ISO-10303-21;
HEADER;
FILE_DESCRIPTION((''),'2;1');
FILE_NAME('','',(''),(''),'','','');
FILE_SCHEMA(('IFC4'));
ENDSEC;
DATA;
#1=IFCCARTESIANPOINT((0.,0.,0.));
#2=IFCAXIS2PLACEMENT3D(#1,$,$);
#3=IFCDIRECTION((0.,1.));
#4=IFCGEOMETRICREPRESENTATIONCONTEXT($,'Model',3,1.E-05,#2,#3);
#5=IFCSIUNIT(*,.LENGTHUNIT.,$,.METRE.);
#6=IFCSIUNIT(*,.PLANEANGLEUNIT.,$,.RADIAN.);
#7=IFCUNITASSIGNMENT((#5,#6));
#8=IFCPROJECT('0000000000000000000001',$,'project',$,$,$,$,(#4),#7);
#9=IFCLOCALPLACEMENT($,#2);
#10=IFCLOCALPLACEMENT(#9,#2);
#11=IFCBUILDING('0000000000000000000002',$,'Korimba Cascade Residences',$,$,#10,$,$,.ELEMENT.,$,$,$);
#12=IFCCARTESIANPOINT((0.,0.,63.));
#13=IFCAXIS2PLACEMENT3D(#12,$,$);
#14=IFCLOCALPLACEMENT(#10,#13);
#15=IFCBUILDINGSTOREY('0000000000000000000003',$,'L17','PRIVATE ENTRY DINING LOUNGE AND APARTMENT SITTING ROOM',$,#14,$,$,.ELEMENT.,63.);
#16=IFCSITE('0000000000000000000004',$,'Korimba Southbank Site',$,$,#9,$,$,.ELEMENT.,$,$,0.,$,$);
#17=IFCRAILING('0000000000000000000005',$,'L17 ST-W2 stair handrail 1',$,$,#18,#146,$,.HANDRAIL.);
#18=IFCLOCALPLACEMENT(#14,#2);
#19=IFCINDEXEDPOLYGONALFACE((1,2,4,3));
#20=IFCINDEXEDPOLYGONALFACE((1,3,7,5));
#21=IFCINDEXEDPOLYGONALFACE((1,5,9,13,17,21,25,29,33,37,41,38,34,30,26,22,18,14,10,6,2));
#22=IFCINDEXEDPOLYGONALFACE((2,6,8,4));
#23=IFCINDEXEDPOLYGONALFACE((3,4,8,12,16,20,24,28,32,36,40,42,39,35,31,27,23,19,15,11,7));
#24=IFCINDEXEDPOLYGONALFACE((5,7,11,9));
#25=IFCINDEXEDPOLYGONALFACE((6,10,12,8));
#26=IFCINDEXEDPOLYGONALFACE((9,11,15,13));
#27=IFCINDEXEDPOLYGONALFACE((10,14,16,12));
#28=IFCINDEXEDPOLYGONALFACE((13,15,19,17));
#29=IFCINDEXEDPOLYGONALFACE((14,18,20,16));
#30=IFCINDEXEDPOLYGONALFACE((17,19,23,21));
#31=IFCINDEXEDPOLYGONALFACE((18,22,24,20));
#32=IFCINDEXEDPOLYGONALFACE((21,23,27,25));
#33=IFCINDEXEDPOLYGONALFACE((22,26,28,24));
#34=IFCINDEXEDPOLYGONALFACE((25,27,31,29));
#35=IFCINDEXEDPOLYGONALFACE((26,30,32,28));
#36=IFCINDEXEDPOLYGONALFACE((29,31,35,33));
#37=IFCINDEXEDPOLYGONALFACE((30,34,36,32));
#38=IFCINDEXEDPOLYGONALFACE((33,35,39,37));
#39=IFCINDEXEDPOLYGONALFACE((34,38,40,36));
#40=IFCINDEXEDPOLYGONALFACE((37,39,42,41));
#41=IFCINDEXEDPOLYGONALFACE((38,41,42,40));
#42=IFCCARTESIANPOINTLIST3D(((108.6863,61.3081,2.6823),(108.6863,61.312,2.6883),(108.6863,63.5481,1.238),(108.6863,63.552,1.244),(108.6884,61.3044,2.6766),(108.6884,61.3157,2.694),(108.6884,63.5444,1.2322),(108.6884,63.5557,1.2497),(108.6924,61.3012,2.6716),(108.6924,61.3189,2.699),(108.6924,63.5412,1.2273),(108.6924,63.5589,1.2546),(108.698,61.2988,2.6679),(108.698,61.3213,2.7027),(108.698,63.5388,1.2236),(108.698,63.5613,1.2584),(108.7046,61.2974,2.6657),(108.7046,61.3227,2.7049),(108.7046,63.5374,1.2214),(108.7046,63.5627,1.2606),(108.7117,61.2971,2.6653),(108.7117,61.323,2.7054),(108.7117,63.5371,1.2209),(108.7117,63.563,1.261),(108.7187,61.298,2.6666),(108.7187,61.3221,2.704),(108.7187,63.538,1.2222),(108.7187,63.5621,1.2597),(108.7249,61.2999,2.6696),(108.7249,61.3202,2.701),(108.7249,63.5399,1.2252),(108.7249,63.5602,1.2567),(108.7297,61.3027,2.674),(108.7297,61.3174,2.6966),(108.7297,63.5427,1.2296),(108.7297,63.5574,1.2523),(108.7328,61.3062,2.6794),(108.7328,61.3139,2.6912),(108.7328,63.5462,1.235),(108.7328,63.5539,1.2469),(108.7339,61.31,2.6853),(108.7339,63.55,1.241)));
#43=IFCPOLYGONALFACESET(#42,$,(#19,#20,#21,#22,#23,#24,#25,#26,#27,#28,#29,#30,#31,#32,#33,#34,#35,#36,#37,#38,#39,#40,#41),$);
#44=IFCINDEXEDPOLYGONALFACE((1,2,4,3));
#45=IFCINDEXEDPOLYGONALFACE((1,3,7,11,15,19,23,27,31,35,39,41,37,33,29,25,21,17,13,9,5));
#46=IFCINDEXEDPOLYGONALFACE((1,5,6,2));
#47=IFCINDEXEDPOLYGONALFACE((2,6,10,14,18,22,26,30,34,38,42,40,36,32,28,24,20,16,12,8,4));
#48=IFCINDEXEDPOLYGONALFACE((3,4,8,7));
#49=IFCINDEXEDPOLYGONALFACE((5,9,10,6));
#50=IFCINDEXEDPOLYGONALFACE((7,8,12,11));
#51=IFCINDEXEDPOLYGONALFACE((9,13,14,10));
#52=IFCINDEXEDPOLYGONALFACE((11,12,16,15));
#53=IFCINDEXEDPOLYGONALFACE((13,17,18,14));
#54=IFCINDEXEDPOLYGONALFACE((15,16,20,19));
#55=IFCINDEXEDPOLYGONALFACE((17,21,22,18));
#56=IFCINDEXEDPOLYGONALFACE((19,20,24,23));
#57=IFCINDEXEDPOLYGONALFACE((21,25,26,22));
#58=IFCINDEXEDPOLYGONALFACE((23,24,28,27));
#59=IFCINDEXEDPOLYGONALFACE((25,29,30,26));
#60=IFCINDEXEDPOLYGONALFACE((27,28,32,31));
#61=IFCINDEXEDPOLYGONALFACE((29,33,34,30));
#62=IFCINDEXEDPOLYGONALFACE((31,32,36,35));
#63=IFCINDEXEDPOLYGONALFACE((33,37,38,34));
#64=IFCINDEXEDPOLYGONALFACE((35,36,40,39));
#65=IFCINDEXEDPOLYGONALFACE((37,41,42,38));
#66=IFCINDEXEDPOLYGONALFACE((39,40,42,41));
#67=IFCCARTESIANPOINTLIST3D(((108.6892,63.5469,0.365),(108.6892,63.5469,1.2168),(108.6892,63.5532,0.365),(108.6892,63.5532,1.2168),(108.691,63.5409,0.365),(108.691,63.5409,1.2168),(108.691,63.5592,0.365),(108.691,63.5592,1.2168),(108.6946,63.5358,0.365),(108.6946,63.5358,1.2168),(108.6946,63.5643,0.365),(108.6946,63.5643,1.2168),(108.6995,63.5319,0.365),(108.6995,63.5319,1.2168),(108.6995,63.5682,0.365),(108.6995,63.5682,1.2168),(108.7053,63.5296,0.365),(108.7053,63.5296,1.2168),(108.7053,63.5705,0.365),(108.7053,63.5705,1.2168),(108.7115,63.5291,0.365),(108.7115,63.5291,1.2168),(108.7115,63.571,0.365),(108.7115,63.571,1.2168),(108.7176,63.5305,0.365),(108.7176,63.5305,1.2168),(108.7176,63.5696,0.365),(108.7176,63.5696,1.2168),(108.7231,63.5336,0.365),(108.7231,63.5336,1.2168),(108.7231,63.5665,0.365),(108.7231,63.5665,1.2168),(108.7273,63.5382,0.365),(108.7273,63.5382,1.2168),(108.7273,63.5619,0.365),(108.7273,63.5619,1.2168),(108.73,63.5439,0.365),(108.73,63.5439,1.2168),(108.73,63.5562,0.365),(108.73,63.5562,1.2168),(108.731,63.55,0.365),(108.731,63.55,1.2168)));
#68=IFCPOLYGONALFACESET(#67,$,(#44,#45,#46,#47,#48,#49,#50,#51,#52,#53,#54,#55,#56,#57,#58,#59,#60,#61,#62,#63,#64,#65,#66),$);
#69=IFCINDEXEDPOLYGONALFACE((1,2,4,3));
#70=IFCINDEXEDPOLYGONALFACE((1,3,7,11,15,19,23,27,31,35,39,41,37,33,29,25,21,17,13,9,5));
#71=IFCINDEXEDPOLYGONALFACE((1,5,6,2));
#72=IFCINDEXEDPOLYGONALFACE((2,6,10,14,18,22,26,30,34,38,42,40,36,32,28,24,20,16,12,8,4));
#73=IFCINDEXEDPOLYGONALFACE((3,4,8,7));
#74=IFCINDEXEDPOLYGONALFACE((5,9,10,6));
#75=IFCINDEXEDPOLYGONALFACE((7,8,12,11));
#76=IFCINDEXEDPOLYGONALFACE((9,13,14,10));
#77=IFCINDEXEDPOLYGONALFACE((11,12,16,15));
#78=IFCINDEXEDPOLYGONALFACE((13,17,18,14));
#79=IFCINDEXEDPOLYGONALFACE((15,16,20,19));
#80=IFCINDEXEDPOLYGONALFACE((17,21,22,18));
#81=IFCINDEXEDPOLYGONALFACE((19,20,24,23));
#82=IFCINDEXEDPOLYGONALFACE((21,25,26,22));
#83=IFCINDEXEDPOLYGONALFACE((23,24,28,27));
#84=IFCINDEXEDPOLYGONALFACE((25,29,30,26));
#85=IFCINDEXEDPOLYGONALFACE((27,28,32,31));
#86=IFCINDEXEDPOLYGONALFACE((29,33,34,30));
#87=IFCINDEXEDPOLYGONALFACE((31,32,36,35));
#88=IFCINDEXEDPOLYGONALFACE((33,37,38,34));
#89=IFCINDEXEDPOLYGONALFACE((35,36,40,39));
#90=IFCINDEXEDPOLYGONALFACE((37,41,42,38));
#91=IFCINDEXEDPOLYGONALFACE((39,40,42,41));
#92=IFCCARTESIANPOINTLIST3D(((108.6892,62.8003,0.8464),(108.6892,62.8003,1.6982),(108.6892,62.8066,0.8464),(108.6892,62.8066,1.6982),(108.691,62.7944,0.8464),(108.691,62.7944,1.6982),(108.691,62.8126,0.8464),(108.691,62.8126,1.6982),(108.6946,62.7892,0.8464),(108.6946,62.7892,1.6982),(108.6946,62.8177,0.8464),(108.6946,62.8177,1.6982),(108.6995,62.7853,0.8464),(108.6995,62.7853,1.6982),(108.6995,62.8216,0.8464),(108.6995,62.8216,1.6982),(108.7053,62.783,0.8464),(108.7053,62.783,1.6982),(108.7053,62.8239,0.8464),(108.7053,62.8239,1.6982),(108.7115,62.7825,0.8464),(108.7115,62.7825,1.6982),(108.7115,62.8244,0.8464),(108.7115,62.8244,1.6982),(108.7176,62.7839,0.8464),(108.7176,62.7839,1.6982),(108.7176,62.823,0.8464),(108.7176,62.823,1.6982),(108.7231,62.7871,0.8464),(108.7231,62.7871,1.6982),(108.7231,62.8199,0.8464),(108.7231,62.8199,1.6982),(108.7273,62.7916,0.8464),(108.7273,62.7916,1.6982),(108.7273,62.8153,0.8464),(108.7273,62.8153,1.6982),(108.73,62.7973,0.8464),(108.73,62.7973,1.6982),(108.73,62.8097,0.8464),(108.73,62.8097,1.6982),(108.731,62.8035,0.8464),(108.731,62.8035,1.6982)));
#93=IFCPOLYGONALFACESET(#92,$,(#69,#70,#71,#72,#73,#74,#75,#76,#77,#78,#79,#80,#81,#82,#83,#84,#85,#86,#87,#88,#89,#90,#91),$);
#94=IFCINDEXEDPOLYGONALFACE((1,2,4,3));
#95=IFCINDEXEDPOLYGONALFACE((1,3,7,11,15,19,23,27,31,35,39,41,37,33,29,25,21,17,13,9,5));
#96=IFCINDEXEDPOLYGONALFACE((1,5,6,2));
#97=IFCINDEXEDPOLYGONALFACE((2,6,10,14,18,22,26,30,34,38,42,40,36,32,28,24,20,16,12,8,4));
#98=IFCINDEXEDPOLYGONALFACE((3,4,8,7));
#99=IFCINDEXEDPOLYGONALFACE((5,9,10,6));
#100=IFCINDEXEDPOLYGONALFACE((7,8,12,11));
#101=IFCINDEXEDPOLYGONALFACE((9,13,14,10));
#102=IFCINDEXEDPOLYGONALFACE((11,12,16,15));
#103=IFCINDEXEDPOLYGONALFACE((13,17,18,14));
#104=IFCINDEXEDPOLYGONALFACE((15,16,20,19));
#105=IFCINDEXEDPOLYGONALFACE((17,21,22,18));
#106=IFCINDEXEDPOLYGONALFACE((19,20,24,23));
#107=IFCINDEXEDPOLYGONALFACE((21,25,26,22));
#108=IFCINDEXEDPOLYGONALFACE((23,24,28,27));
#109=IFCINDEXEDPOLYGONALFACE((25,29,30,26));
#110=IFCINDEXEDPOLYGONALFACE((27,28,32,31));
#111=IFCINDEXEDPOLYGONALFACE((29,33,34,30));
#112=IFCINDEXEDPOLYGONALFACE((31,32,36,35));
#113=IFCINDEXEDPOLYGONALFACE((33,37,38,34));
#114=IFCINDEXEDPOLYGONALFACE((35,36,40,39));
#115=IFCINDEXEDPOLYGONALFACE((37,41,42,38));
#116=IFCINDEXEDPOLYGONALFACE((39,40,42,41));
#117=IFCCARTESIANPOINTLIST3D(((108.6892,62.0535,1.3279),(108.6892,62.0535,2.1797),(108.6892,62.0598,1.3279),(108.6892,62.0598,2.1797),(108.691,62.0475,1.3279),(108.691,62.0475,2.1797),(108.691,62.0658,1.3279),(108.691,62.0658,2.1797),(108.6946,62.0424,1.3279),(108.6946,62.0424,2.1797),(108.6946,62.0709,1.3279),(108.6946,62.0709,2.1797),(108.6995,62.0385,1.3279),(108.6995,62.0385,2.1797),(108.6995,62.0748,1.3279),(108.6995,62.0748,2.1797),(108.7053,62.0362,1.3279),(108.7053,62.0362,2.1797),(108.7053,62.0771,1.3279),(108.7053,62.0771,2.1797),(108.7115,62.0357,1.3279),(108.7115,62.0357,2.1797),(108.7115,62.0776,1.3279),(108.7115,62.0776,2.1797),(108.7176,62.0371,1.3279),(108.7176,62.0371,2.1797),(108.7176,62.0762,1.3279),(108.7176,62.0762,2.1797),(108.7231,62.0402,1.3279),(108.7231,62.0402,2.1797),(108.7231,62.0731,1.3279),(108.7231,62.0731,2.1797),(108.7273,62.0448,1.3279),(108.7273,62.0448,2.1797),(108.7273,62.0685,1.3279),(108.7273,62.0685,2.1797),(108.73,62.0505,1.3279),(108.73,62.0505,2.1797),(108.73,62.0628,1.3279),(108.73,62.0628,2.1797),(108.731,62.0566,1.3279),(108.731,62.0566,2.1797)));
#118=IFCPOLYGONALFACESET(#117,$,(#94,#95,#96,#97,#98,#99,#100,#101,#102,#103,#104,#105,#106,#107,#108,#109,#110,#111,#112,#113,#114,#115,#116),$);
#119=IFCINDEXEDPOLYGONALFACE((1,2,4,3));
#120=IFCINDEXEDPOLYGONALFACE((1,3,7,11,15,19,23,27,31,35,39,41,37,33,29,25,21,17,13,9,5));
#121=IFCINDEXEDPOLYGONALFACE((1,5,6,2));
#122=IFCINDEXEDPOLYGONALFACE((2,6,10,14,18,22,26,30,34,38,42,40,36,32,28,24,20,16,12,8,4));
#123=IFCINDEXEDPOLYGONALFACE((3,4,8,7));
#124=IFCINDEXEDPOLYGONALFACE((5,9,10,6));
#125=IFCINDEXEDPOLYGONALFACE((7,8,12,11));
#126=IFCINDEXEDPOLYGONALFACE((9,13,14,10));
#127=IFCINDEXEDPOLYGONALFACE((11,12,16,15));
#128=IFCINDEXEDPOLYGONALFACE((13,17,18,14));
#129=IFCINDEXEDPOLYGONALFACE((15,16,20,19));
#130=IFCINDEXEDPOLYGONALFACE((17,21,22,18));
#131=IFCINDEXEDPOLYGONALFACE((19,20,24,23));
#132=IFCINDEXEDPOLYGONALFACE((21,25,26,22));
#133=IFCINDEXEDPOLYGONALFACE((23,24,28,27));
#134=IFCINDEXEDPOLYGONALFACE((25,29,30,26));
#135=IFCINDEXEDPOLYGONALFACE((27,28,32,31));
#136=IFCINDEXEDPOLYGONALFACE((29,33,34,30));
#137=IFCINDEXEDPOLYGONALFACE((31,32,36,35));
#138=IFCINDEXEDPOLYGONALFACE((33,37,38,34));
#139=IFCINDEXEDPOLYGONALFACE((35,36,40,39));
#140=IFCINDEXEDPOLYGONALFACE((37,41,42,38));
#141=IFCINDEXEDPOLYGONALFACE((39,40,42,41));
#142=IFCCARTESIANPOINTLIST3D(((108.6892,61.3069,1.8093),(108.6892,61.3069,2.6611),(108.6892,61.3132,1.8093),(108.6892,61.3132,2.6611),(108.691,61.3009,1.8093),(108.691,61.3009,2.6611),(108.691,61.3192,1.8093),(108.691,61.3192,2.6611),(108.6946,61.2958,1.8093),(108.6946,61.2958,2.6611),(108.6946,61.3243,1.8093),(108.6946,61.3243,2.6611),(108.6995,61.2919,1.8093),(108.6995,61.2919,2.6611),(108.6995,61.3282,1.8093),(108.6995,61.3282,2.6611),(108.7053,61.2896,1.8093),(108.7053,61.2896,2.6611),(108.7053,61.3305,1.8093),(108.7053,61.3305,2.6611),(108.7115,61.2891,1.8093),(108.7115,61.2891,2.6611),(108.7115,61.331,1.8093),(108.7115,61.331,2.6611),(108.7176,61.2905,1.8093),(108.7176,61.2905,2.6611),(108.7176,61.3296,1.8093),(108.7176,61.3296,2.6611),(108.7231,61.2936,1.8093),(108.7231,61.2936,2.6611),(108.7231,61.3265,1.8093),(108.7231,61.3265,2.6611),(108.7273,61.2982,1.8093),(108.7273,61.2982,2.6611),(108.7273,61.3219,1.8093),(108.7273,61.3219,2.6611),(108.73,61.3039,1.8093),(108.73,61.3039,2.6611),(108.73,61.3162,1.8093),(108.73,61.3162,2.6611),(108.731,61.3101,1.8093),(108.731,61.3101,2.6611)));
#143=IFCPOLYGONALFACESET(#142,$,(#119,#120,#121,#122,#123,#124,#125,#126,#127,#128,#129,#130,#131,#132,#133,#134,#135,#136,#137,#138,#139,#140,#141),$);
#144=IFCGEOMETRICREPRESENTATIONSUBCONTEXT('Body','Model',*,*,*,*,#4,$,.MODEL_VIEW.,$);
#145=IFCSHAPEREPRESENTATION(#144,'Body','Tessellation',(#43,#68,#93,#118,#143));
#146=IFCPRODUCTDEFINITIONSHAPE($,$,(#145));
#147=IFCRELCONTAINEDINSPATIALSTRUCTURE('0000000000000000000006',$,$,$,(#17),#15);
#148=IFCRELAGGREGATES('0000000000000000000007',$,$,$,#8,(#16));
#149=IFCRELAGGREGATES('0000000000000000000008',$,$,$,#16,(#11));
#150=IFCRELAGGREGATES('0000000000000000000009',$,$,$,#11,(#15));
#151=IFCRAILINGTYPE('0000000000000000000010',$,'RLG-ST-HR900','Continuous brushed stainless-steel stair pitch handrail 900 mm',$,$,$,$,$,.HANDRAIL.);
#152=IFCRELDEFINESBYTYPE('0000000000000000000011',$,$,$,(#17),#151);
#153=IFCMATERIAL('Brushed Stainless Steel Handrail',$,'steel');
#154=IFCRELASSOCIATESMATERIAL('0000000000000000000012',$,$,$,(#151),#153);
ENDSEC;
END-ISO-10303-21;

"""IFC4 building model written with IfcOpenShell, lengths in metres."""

from ifc_helpers import new_model, si_unit, direction, frame, origin, origin_2d, place, context, subcontext, project, spatial, circle, extrude, material, type_object, element, save


model = new_model("IFC4")

# Units and contexts
model_context = context("Model", 3, precision=1e-05, world=origin(), true_north=direction((0.0, 1.0)))
body_context = subcontext(model_context, "Body", "Model", "MODEL_VIEW")
ifc_project = project(units=[si_unit("LENGTHUNIT", "METRE"), si_unit("PLANEANGLEUNIT", "RADIAN")], contexts=[model_context])

# Site, building, storey
site_placement = place(None, origin())
site = spatial("IfcSite", under=ifc_project, at=site_placement, Name="Korimba Southbank Site", CompositionType="ELEMENT", RefElevation=0.0)
building_placement = place(site_placement, origin())
building = spatial("IfcBuilding", under=site, at=building_placement, Name="Korimba Cascade Residences", CompositionType="ELEMENT")
storey_placement = place(building_placement, frame((0.0, 0.0, 63.0)))
storey = spatial("IfcBuildingStorey", under=building, at=storey_placement, Name="L17", Description="PRIVATE ENTRY DINING LOUNGE AND APARTMENT SITTING ROOM", CompositionType="ELEMENT", Elevation=63.0)

# Railing
ifc_material_1 = material(Name="Brushed Stainless Steel Handrail", Category="steel")
railing_type_1 = type_object("IfcRailingType", Name="RLG-ST-HR900", Description="Continuous brushed stainless-steel stair pitch handrail 900 mm", PredefinedType="HANDRAIL", material=ifc_material_1)
railing_1_placement = place(storey_placement, frame((108.71, 63.55, 0.365)))
element("IfcRailing", 1, at=railing_1_placement, inside=storey, type_object=railing_type_1, Name="L17 ST-W2 stair handrail 1", PredefinedType="HANDRAIL", context=body_context, shape_type="SweptSolid", body=[
    extrude(circle(Radius=0.0239, at=origin_2d()), frame((0.0, 0.0, 0.876), z_axis=(0.0, -0.840437, 0.54191), x_axis=(1.0, 0.0, 0.0)), (0.0, 0.0, 1.0), 2.6653),
    extrude(circle(Radius=0.021, at=origin_2d()), origin(), (0.0, 0.0, 1.0), 0.8518),
    extrude(circle(Radius=0.021, at=origin_2d()), frame((0.0, -0.7466, 0.4814)), (0.0, 0.0, 1.0), 0.8518),
    extrude(circle(Radius=0.021, at=origin_2d()), frame((0.0, -1.4934, 0.9629)), (0.0, 0.0, 1.0), 0.8518),
    extrude(circle(Radius=0.021, at=origin_2d()), frame((0.0, -2.24, 1.4443)), (0.0, 0.0, 1.0), 0.8518),
])

save(model, "model.ifc")
